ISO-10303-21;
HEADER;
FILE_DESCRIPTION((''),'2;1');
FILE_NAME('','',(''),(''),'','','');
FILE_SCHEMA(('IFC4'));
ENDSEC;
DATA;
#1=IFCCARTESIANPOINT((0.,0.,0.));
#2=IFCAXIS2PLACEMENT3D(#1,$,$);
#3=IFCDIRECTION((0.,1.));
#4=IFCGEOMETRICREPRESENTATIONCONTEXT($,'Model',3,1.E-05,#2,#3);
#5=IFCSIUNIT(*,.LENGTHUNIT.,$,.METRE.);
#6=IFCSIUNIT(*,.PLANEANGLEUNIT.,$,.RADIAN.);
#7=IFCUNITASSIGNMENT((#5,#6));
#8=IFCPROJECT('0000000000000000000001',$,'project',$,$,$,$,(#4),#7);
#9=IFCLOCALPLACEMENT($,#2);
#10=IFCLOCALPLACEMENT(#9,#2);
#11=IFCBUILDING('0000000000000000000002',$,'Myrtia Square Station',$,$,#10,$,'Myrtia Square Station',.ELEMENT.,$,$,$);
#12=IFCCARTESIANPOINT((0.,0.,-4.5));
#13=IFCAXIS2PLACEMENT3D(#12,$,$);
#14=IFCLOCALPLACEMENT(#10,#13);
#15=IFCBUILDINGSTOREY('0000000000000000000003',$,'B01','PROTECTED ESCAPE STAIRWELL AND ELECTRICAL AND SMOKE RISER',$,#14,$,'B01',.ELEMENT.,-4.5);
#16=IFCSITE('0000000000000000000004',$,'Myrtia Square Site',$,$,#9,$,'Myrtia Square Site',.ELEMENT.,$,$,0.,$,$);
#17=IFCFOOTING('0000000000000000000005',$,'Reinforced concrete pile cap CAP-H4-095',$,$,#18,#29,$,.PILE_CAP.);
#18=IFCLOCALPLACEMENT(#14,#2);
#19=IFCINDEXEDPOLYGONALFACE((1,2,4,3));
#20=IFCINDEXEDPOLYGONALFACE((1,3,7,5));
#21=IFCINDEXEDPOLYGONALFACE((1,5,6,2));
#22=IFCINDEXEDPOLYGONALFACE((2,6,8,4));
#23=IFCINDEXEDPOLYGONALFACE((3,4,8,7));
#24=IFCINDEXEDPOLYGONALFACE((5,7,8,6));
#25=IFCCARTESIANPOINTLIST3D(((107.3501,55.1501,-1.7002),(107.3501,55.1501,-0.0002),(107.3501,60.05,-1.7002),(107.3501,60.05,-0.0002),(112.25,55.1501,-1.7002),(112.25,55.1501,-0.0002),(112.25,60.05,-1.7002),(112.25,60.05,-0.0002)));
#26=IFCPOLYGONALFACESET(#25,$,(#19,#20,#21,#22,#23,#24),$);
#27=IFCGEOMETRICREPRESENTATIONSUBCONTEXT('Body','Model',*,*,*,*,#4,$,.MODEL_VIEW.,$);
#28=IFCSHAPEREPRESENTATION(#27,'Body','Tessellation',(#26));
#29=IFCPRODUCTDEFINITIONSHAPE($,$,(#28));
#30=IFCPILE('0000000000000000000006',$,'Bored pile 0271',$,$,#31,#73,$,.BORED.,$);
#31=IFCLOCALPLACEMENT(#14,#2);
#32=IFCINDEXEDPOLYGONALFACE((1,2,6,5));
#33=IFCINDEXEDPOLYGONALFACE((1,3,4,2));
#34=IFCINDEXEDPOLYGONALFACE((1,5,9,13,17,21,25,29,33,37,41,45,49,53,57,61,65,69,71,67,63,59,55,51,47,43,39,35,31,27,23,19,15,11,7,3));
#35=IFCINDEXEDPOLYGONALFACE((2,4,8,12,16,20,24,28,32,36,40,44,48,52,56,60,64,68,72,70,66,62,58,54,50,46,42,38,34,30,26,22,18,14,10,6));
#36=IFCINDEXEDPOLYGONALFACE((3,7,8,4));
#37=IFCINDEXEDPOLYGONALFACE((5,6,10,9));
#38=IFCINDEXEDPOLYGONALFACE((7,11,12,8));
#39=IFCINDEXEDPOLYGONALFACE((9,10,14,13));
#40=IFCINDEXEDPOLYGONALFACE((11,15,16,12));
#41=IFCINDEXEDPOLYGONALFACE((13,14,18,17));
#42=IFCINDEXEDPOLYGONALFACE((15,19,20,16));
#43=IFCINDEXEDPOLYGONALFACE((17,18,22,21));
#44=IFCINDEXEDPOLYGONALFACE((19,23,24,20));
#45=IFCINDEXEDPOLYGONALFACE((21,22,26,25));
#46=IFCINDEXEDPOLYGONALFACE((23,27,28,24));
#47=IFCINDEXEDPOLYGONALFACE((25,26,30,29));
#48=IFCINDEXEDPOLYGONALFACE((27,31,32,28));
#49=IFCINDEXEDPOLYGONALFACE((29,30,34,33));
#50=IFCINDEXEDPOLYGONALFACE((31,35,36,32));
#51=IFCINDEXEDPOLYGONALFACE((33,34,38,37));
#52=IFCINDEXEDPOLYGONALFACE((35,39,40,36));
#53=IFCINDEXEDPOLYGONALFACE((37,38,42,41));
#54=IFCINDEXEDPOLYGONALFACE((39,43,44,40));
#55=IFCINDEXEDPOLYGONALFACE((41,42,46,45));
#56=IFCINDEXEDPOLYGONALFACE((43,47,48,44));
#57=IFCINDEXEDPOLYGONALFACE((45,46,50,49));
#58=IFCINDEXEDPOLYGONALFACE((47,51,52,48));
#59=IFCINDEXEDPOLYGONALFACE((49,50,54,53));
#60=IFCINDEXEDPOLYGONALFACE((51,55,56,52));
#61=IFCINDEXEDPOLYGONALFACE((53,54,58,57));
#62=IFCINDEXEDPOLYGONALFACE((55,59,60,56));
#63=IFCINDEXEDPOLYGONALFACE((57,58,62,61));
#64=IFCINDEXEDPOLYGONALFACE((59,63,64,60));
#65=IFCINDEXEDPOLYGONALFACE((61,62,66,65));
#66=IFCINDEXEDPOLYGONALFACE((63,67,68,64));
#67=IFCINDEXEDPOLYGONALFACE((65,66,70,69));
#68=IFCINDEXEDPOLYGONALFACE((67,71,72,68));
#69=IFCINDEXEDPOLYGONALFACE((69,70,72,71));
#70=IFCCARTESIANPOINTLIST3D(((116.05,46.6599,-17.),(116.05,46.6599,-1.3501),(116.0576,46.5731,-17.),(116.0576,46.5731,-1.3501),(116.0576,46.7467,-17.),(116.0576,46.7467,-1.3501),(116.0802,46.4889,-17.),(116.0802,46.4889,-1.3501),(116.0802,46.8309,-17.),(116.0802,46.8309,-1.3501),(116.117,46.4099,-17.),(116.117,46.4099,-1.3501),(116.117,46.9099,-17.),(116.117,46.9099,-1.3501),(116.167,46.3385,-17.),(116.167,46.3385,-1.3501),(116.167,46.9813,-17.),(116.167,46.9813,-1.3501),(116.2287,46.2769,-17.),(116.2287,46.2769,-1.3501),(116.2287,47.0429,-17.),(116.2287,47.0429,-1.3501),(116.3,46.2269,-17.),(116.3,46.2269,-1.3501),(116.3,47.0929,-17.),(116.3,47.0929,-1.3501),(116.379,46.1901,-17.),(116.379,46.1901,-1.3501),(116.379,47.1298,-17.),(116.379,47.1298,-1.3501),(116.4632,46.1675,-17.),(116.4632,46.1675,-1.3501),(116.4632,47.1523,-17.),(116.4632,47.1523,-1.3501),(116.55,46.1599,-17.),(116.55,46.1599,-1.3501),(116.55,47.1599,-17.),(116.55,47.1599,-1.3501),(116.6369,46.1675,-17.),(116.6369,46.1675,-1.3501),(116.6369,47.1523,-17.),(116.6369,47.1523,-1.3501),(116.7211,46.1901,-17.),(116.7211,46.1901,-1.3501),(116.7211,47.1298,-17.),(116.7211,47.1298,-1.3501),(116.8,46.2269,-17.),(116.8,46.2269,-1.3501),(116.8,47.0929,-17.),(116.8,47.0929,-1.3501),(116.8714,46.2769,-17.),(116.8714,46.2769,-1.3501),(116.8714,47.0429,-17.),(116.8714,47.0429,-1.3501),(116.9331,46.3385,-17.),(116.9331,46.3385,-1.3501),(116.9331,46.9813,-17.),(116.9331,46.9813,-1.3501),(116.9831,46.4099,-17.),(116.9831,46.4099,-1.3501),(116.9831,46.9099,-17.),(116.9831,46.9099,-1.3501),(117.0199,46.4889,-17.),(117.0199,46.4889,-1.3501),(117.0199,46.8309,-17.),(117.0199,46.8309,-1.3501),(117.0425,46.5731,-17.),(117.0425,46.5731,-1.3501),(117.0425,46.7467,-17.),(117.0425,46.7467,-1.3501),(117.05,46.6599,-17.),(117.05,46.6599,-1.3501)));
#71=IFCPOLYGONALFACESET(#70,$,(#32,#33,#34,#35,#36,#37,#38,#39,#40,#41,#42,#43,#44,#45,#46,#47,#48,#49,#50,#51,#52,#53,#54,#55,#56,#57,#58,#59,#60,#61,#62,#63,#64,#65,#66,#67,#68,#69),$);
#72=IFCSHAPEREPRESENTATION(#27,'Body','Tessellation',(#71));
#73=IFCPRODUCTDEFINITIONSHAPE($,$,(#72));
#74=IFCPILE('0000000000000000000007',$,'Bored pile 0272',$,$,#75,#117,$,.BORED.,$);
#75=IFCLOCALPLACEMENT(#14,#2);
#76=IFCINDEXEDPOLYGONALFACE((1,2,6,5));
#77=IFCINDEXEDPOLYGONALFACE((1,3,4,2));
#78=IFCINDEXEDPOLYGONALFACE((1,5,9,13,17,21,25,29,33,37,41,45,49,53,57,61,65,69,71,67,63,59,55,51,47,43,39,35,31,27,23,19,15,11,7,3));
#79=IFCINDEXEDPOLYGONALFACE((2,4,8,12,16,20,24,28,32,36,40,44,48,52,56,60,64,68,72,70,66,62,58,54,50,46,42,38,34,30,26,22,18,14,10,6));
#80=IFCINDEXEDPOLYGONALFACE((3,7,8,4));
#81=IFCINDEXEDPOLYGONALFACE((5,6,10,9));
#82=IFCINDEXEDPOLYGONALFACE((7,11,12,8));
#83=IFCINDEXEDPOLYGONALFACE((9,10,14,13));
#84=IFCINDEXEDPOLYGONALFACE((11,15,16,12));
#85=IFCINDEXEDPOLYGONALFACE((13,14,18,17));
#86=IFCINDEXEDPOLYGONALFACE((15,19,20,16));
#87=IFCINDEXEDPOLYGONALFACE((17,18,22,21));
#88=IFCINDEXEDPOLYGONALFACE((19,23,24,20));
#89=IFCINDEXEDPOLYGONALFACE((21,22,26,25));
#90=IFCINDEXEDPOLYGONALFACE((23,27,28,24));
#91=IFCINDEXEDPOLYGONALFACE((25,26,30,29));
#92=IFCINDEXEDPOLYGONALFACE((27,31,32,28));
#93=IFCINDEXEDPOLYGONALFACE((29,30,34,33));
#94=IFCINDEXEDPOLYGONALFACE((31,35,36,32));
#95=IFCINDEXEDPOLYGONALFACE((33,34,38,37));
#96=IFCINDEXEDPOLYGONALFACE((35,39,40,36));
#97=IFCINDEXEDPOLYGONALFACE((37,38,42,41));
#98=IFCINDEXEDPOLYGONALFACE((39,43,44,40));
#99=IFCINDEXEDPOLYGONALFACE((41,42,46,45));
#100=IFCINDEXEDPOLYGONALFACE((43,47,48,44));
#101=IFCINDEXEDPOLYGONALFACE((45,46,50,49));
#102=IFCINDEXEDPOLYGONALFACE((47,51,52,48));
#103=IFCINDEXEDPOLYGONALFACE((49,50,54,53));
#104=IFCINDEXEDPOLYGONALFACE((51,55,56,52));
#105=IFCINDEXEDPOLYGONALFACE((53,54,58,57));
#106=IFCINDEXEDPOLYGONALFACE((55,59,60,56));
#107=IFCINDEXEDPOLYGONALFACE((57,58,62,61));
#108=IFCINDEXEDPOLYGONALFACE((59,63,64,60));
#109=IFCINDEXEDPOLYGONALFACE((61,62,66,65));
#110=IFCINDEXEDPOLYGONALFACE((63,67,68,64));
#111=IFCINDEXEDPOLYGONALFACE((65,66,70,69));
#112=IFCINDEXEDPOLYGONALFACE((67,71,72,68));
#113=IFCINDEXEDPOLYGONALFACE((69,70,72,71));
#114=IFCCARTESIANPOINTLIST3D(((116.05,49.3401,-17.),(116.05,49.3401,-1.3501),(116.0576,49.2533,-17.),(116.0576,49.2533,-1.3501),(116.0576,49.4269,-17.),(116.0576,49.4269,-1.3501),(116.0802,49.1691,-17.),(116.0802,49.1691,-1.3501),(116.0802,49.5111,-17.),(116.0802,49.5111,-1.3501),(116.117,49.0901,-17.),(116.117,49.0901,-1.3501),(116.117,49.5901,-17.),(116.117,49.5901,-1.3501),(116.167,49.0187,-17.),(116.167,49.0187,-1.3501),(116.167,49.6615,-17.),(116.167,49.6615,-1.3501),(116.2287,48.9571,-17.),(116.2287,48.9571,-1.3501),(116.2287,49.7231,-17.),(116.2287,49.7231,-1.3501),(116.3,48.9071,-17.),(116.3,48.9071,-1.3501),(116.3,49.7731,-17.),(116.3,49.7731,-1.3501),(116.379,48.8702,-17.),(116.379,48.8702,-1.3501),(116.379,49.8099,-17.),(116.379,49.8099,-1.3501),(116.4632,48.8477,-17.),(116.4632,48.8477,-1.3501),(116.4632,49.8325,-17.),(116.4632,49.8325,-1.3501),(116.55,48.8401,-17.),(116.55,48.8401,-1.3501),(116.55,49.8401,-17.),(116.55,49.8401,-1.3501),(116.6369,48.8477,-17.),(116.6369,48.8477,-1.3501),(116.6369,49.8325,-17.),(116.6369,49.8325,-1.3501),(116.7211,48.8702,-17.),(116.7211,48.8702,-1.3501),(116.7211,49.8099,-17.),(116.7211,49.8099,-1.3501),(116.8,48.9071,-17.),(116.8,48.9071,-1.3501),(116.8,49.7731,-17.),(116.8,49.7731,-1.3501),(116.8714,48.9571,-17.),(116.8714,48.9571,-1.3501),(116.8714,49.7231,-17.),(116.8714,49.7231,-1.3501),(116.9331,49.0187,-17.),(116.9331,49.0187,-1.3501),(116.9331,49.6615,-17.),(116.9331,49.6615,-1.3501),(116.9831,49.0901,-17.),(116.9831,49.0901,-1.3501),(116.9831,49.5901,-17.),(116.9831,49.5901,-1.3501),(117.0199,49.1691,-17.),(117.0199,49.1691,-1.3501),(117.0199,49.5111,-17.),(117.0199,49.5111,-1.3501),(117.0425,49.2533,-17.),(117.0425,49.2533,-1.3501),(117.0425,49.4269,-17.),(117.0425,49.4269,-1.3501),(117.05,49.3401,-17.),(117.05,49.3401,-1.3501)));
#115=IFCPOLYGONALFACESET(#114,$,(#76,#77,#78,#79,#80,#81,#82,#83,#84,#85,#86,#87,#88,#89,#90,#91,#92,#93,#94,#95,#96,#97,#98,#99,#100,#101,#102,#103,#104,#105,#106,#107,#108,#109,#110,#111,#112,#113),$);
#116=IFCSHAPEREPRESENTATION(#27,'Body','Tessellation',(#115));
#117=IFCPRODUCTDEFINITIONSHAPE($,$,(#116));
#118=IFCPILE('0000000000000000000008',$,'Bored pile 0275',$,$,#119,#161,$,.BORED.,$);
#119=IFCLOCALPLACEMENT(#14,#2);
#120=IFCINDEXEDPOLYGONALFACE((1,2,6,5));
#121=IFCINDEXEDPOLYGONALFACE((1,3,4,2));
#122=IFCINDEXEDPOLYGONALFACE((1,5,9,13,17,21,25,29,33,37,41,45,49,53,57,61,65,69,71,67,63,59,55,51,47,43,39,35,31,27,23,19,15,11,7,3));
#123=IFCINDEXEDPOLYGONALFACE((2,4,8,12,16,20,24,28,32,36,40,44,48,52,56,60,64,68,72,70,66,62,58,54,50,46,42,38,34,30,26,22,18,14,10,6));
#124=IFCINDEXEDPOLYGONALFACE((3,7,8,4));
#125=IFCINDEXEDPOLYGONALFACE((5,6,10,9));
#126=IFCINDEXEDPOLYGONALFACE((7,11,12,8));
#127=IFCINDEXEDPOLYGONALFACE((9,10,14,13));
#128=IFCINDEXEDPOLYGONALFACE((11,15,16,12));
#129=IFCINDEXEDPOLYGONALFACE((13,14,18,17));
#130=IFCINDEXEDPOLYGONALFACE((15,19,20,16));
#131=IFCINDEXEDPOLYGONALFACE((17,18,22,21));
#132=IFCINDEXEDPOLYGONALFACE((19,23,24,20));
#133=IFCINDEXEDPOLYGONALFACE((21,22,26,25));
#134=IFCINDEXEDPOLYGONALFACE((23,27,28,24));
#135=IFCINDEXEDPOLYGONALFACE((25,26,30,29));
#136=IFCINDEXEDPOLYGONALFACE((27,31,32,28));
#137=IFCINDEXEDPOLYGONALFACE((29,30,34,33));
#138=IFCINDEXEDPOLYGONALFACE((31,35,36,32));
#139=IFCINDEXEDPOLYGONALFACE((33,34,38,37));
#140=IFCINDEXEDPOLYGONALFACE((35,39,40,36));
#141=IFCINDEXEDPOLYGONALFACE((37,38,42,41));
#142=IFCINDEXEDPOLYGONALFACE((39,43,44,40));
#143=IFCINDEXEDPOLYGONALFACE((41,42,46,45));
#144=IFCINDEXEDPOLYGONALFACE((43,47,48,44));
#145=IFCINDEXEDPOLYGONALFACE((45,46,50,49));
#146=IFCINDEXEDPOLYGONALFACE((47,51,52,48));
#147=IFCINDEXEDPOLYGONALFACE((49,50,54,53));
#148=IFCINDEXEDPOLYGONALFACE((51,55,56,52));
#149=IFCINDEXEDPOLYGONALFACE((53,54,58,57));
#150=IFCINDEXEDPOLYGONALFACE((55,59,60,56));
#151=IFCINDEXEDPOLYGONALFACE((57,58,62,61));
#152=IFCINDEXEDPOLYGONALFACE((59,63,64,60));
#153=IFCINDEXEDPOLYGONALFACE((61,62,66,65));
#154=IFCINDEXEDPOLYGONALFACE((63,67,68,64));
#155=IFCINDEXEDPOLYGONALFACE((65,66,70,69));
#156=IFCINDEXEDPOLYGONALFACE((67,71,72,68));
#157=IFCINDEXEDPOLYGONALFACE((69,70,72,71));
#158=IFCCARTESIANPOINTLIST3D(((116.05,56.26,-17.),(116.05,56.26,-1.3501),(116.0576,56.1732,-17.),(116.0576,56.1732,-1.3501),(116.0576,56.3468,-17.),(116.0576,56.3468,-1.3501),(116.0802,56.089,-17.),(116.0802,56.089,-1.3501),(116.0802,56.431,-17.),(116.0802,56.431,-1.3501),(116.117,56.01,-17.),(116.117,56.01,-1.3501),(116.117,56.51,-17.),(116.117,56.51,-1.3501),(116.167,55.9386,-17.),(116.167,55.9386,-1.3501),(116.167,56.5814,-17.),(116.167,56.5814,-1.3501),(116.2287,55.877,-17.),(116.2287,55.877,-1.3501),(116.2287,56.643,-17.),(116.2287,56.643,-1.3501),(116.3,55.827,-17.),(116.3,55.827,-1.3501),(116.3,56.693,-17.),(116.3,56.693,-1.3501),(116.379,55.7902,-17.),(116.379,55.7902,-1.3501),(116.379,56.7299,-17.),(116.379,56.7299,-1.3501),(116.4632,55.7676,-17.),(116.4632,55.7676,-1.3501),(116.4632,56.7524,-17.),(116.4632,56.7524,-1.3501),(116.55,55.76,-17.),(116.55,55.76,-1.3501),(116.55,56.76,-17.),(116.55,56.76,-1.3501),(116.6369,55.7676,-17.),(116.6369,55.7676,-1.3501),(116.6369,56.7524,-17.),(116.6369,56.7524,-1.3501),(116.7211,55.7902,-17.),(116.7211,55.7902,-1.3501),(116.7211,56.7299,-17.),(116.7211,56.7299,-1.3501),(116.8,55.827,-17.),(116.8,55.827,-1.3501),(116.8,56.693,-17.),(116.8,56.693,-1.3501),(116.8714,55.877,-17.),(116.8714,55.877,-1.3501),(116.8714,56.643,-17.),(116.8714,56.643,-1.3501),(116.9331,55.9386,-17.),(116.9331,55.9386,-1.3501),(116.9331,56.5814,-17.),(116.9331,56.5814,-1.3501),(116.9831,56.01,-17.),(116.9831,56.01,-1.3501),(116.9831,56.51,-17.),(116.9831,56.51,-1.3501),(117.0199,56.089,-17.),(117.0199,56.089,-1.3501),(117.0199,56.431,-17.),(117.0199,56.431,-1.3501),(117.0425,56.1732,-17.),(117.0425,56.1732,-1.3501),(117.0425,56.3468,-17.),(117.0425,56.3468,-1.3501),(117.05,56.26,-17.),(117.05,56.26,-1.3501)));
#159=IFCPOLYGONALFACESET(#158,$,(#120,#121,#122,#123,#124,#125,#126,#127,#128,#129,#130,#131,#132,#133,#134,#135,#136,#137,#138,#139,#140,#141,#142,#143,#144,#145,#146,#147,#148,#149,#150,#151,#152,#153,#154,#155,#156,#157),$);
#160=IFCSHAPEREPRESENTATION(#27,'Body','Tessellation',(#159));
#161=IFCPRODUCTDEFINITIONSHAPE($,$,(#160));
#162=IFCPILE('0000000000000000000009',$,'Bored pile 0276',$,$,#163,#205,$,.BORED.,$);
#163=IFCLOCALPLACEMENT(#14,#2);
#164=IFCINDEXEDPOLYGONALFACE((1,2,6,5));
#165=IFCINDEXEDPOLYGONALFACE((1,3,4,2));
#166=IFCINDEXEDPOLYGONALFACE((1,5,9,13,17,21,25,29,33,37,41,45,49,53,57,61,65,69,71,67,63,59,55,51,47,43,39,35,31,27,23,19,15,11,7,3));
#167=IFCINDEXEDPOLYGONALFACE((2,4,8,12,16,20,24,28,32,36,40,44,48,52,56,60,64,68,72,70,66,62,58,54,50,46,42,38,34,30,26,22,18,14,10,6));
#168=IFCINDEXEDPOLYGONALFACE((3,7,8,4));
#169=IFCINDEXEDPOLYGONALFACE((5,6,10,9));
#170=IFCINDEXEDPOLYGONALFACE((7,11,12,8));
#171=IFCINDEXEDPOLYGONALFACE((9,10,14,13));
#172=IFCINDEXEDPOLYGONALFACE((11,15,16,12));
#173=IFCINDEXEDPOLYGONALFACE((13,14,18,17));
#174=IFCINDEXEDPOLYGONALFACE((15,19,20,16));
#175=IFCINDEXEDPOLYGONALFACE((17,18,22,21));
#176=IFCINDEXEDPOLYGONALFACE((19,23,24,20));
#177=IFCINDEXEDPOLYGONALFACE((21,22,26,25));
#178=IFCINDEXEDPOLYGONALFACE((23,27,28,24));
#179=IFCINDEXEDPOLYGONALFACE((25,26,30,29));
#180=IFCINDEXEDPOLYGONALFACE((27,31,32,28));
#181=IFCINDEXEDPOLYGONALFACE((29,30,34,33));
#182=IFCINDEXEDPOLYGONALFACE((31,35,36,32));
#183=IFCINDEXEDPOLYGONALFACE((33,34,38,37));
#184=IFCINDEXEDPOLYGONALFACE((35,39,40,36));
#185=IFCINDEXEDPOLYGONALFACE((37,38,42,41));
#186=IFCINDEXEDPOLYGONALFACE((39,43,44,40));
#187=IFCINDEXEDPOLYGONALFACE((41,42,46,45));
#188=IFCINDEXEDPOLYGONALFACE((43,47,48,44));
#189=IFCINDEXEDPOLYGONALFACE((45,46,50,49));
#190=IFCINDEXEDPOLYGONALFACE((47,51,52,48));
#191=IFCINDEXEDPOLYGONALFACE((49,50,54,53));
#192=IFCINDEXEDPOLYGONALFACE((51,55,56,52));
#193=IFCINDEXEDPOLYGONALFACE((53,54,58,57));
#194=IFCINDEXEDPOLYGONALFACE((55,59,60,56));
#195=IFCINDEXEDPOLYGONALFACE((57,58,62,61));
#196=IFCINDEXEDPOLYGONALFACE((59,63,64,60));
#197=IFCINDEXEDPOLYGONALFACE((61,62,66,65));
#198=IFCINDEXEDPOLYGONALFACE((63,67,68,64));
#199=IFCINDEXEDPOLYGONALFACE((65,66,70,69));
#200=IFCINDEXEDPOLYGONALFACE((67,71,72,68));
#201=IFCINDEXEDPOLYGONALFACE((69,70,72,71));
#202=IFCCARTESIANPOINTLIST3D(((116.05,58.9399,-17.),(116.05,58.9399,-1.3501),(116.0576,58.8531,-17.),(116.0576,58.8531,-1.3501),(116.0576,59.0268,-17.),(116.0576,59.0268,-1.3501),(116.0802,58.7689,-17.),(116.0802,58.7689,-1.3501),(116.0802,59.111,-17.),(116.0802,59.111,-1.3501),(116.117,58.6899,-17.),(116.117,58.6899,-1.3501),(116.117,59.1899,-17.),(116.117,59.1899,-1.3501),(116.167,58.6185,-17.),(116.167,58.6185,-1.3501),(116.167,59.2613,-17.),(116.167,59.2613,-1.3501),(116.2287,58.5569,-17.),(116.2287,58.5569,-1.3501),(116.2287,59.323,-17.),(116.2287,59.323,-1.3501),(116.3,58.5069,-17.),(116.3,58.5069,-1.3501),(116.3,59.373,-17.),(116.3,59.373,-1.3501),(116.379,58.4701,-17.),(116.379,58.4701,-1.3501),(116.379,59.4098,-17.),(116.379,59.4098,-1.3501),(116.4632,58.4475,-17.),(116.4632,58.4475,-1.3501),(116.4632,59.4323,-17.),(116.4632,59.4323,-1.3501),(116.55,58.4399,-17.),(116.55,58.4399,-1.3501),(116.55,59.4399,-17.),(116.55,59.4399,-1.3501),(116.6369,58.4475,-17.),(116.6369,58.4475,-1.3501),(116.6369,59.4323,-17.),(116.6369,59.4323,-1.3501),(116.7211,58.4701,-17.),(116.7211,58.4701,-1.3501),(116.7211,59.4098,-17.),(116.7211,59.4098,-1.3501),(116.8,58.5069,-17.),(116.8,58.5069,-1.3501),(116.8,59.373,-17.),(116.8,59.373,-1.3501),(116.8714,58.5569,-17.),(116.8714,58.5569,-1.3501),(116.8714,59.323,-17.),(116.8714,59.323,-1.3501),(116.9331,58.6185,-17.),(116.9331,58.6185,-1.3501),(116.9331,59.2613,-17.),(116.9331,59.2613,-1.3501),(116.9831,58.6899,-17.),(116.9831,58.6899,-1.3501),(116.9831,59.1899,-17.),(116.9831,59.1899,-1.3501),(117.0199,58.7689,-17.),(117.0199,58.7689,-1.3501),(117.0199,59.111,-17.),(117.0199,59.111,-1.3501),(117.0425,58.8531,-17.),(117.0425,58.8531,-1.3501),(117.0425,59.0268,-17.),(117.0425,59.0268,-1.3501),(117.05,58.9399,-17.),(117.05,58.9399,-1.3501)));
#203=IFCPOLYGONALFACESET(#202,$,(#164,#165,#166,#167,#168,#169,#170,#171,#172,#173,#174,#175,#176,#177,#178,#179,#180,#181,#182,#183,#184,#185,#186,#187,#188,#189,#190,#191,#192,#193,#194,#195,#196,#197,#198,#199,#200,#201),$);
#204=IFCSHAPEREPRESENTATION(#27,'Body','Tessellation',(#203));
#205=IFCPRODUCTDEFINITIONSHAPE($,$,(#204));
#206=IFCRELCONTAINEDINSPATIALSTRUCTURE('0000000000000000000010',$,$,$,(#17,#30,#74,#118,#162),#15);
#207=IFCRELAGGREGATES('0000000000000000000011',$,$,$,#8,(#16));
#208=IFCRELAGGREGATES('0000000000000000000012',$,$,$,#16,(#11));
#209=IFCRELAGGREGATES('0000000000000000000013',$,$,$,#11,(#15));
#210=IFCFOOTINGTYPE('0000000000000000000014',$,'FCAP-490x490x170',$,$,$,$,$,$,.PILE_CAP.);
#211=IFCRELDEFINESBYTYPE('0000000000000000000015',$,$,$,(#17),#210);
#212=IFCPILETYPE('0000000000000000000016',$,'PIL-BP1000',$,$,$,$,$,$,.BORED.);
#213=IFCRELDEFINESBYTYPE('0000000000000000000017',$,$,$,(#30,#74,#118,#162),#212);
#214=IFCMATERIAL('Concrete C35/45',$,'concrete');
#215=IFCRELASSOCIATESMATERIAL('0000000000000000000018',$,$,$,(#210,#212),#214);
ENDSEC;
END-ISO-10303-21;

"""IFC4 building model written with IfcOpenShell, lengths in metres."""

from ifc_helpers import new_model, si_unit, direction, frame, origin, origin_2d, place, context, subcontext, project, spatial, rectangle, circle, extrude, material, material_profile, profile_set, type_object, element, save


model = new_model("IFC4")

# Units and contexts
model_context = context("Model", 3, precision=1e-05, world=origin(), true_north=direction((0.0, 1.0)))
body_context = subcontext(model_context, "Body", "Model", "MODEL_VIEW")
ifc_project = project(units=[si_unit("LENGTHUNIT", "METRE"), si_unit("PLANEANGLEUNIT", "RADIAN")], contexts=[model_context])

# Site, building, storey
site_placement = place(None, origin())
site = spatial("IfcSite", under=ifc_project, at=site_placement, Name="Myrtia Square Site", LongName="Myrtia Square Site", CompositionType="ELEMENT", RefElevation=0.0)
building_placement = place(site_placement, origin())
building = spatial("IfcBuilding", under=site, at=building_placement, Name="Myrtia Square Station", LongName="Myrtia Square Station", CompositionType="ELEMENT")
storey_placement = place(building_placement, frame((0.0, 0.0, -4.5)))
storey = spatial("IfcBuildingStorey", under=building, at=storey_placement, Name="B01", Description="PROTECTED ESCAPE STAIRWELL AND ELECTRICAL AND SMOKE RISER", LongName="B01", CompositionType="ELEMENT", Elevation=-4.5)

# Footing
ifc_material_1 = material(Name="Concrete C35/45", Category="concrete")
footing_type_1 = type_object("IfcFootingType", Name="FCAP-490x490x170", PredefinedType="PILE_CAP", material=ifc_material_1)
for number, where, z_axis, x_axis, name in (
    (1, (109.8, 57.6001, -1.7002), (0.0, 0.0, 1.0), (1.0, 0.0, 0.0), "Reinforced concrete pile cap CAP-H4-095"),
):
    element("IfcFooting", number, at=place(storey_placement, frame(where, z_axis=z_axis, x_axis=x_axis)), inside=storey, type_object=footing_type_1, Name=name, PredefinedType="PILE_CAP", context=body_context, shape_type="SweptSolid", body=[
        extrude(rectangle(XDim=4.8999, YDim=4.8999, at=origin_2d()), origin(), (0.0, 0.0, 1.0), 1.7),
    ])

# Piles
ifc_material_profile_1 = material_profile(ifc_material_1, circle(Radius=0.5, at=origin_2d()), Name="BP D1000")
ifc_profile_set_1 = profile_set([ifc_material_profile_1], Name="Concrete C35/45")
pile_type_1 = type_object("IfcPileType", Name="PIL-BP1000", PredefinedType="BORED", material=ifc_profile_set_1)
for number, where, z_axis, x_axis, name in (
    (2, (116.55, 46.6599, -1.3501), (0.0, 0.0, -1.0), (1.0, 0.0, 0.0), "Bored pile 0271"),
    (3, (116.55, 49.3401, -1.3501), (0.0, 0.0, -1.0), (1.0, 0.0, 0.0), "Bored pile 0272"),
    (4, (116.55, 56.26, -1.3501), (0.0, 0.0, -1.0), (1.0, 0.0, 0.0), "Bored pile 0275"),
    (5, (116.55, 58.9399, -1.3501), (0.0, 0.0, -1.0), (1.0, 0.0, 0.0), "Bored pile 0276"),
):
    element("IfcPile", number, at=place(storey_placement, frame(where, z_axis=z_axis, x_axis=x_axis)), inside=storey, type_object=pile_type_1, Name=name, PredefinedType="BORED", context=body_context, shape_type="SweptSolid", body=[
        extrude(circle(Radius=0.5, at=origin_2d()), origin(), (0.0, 0.0, 1.0), 15.6499),
    ])

save(model, "model.ifc")
